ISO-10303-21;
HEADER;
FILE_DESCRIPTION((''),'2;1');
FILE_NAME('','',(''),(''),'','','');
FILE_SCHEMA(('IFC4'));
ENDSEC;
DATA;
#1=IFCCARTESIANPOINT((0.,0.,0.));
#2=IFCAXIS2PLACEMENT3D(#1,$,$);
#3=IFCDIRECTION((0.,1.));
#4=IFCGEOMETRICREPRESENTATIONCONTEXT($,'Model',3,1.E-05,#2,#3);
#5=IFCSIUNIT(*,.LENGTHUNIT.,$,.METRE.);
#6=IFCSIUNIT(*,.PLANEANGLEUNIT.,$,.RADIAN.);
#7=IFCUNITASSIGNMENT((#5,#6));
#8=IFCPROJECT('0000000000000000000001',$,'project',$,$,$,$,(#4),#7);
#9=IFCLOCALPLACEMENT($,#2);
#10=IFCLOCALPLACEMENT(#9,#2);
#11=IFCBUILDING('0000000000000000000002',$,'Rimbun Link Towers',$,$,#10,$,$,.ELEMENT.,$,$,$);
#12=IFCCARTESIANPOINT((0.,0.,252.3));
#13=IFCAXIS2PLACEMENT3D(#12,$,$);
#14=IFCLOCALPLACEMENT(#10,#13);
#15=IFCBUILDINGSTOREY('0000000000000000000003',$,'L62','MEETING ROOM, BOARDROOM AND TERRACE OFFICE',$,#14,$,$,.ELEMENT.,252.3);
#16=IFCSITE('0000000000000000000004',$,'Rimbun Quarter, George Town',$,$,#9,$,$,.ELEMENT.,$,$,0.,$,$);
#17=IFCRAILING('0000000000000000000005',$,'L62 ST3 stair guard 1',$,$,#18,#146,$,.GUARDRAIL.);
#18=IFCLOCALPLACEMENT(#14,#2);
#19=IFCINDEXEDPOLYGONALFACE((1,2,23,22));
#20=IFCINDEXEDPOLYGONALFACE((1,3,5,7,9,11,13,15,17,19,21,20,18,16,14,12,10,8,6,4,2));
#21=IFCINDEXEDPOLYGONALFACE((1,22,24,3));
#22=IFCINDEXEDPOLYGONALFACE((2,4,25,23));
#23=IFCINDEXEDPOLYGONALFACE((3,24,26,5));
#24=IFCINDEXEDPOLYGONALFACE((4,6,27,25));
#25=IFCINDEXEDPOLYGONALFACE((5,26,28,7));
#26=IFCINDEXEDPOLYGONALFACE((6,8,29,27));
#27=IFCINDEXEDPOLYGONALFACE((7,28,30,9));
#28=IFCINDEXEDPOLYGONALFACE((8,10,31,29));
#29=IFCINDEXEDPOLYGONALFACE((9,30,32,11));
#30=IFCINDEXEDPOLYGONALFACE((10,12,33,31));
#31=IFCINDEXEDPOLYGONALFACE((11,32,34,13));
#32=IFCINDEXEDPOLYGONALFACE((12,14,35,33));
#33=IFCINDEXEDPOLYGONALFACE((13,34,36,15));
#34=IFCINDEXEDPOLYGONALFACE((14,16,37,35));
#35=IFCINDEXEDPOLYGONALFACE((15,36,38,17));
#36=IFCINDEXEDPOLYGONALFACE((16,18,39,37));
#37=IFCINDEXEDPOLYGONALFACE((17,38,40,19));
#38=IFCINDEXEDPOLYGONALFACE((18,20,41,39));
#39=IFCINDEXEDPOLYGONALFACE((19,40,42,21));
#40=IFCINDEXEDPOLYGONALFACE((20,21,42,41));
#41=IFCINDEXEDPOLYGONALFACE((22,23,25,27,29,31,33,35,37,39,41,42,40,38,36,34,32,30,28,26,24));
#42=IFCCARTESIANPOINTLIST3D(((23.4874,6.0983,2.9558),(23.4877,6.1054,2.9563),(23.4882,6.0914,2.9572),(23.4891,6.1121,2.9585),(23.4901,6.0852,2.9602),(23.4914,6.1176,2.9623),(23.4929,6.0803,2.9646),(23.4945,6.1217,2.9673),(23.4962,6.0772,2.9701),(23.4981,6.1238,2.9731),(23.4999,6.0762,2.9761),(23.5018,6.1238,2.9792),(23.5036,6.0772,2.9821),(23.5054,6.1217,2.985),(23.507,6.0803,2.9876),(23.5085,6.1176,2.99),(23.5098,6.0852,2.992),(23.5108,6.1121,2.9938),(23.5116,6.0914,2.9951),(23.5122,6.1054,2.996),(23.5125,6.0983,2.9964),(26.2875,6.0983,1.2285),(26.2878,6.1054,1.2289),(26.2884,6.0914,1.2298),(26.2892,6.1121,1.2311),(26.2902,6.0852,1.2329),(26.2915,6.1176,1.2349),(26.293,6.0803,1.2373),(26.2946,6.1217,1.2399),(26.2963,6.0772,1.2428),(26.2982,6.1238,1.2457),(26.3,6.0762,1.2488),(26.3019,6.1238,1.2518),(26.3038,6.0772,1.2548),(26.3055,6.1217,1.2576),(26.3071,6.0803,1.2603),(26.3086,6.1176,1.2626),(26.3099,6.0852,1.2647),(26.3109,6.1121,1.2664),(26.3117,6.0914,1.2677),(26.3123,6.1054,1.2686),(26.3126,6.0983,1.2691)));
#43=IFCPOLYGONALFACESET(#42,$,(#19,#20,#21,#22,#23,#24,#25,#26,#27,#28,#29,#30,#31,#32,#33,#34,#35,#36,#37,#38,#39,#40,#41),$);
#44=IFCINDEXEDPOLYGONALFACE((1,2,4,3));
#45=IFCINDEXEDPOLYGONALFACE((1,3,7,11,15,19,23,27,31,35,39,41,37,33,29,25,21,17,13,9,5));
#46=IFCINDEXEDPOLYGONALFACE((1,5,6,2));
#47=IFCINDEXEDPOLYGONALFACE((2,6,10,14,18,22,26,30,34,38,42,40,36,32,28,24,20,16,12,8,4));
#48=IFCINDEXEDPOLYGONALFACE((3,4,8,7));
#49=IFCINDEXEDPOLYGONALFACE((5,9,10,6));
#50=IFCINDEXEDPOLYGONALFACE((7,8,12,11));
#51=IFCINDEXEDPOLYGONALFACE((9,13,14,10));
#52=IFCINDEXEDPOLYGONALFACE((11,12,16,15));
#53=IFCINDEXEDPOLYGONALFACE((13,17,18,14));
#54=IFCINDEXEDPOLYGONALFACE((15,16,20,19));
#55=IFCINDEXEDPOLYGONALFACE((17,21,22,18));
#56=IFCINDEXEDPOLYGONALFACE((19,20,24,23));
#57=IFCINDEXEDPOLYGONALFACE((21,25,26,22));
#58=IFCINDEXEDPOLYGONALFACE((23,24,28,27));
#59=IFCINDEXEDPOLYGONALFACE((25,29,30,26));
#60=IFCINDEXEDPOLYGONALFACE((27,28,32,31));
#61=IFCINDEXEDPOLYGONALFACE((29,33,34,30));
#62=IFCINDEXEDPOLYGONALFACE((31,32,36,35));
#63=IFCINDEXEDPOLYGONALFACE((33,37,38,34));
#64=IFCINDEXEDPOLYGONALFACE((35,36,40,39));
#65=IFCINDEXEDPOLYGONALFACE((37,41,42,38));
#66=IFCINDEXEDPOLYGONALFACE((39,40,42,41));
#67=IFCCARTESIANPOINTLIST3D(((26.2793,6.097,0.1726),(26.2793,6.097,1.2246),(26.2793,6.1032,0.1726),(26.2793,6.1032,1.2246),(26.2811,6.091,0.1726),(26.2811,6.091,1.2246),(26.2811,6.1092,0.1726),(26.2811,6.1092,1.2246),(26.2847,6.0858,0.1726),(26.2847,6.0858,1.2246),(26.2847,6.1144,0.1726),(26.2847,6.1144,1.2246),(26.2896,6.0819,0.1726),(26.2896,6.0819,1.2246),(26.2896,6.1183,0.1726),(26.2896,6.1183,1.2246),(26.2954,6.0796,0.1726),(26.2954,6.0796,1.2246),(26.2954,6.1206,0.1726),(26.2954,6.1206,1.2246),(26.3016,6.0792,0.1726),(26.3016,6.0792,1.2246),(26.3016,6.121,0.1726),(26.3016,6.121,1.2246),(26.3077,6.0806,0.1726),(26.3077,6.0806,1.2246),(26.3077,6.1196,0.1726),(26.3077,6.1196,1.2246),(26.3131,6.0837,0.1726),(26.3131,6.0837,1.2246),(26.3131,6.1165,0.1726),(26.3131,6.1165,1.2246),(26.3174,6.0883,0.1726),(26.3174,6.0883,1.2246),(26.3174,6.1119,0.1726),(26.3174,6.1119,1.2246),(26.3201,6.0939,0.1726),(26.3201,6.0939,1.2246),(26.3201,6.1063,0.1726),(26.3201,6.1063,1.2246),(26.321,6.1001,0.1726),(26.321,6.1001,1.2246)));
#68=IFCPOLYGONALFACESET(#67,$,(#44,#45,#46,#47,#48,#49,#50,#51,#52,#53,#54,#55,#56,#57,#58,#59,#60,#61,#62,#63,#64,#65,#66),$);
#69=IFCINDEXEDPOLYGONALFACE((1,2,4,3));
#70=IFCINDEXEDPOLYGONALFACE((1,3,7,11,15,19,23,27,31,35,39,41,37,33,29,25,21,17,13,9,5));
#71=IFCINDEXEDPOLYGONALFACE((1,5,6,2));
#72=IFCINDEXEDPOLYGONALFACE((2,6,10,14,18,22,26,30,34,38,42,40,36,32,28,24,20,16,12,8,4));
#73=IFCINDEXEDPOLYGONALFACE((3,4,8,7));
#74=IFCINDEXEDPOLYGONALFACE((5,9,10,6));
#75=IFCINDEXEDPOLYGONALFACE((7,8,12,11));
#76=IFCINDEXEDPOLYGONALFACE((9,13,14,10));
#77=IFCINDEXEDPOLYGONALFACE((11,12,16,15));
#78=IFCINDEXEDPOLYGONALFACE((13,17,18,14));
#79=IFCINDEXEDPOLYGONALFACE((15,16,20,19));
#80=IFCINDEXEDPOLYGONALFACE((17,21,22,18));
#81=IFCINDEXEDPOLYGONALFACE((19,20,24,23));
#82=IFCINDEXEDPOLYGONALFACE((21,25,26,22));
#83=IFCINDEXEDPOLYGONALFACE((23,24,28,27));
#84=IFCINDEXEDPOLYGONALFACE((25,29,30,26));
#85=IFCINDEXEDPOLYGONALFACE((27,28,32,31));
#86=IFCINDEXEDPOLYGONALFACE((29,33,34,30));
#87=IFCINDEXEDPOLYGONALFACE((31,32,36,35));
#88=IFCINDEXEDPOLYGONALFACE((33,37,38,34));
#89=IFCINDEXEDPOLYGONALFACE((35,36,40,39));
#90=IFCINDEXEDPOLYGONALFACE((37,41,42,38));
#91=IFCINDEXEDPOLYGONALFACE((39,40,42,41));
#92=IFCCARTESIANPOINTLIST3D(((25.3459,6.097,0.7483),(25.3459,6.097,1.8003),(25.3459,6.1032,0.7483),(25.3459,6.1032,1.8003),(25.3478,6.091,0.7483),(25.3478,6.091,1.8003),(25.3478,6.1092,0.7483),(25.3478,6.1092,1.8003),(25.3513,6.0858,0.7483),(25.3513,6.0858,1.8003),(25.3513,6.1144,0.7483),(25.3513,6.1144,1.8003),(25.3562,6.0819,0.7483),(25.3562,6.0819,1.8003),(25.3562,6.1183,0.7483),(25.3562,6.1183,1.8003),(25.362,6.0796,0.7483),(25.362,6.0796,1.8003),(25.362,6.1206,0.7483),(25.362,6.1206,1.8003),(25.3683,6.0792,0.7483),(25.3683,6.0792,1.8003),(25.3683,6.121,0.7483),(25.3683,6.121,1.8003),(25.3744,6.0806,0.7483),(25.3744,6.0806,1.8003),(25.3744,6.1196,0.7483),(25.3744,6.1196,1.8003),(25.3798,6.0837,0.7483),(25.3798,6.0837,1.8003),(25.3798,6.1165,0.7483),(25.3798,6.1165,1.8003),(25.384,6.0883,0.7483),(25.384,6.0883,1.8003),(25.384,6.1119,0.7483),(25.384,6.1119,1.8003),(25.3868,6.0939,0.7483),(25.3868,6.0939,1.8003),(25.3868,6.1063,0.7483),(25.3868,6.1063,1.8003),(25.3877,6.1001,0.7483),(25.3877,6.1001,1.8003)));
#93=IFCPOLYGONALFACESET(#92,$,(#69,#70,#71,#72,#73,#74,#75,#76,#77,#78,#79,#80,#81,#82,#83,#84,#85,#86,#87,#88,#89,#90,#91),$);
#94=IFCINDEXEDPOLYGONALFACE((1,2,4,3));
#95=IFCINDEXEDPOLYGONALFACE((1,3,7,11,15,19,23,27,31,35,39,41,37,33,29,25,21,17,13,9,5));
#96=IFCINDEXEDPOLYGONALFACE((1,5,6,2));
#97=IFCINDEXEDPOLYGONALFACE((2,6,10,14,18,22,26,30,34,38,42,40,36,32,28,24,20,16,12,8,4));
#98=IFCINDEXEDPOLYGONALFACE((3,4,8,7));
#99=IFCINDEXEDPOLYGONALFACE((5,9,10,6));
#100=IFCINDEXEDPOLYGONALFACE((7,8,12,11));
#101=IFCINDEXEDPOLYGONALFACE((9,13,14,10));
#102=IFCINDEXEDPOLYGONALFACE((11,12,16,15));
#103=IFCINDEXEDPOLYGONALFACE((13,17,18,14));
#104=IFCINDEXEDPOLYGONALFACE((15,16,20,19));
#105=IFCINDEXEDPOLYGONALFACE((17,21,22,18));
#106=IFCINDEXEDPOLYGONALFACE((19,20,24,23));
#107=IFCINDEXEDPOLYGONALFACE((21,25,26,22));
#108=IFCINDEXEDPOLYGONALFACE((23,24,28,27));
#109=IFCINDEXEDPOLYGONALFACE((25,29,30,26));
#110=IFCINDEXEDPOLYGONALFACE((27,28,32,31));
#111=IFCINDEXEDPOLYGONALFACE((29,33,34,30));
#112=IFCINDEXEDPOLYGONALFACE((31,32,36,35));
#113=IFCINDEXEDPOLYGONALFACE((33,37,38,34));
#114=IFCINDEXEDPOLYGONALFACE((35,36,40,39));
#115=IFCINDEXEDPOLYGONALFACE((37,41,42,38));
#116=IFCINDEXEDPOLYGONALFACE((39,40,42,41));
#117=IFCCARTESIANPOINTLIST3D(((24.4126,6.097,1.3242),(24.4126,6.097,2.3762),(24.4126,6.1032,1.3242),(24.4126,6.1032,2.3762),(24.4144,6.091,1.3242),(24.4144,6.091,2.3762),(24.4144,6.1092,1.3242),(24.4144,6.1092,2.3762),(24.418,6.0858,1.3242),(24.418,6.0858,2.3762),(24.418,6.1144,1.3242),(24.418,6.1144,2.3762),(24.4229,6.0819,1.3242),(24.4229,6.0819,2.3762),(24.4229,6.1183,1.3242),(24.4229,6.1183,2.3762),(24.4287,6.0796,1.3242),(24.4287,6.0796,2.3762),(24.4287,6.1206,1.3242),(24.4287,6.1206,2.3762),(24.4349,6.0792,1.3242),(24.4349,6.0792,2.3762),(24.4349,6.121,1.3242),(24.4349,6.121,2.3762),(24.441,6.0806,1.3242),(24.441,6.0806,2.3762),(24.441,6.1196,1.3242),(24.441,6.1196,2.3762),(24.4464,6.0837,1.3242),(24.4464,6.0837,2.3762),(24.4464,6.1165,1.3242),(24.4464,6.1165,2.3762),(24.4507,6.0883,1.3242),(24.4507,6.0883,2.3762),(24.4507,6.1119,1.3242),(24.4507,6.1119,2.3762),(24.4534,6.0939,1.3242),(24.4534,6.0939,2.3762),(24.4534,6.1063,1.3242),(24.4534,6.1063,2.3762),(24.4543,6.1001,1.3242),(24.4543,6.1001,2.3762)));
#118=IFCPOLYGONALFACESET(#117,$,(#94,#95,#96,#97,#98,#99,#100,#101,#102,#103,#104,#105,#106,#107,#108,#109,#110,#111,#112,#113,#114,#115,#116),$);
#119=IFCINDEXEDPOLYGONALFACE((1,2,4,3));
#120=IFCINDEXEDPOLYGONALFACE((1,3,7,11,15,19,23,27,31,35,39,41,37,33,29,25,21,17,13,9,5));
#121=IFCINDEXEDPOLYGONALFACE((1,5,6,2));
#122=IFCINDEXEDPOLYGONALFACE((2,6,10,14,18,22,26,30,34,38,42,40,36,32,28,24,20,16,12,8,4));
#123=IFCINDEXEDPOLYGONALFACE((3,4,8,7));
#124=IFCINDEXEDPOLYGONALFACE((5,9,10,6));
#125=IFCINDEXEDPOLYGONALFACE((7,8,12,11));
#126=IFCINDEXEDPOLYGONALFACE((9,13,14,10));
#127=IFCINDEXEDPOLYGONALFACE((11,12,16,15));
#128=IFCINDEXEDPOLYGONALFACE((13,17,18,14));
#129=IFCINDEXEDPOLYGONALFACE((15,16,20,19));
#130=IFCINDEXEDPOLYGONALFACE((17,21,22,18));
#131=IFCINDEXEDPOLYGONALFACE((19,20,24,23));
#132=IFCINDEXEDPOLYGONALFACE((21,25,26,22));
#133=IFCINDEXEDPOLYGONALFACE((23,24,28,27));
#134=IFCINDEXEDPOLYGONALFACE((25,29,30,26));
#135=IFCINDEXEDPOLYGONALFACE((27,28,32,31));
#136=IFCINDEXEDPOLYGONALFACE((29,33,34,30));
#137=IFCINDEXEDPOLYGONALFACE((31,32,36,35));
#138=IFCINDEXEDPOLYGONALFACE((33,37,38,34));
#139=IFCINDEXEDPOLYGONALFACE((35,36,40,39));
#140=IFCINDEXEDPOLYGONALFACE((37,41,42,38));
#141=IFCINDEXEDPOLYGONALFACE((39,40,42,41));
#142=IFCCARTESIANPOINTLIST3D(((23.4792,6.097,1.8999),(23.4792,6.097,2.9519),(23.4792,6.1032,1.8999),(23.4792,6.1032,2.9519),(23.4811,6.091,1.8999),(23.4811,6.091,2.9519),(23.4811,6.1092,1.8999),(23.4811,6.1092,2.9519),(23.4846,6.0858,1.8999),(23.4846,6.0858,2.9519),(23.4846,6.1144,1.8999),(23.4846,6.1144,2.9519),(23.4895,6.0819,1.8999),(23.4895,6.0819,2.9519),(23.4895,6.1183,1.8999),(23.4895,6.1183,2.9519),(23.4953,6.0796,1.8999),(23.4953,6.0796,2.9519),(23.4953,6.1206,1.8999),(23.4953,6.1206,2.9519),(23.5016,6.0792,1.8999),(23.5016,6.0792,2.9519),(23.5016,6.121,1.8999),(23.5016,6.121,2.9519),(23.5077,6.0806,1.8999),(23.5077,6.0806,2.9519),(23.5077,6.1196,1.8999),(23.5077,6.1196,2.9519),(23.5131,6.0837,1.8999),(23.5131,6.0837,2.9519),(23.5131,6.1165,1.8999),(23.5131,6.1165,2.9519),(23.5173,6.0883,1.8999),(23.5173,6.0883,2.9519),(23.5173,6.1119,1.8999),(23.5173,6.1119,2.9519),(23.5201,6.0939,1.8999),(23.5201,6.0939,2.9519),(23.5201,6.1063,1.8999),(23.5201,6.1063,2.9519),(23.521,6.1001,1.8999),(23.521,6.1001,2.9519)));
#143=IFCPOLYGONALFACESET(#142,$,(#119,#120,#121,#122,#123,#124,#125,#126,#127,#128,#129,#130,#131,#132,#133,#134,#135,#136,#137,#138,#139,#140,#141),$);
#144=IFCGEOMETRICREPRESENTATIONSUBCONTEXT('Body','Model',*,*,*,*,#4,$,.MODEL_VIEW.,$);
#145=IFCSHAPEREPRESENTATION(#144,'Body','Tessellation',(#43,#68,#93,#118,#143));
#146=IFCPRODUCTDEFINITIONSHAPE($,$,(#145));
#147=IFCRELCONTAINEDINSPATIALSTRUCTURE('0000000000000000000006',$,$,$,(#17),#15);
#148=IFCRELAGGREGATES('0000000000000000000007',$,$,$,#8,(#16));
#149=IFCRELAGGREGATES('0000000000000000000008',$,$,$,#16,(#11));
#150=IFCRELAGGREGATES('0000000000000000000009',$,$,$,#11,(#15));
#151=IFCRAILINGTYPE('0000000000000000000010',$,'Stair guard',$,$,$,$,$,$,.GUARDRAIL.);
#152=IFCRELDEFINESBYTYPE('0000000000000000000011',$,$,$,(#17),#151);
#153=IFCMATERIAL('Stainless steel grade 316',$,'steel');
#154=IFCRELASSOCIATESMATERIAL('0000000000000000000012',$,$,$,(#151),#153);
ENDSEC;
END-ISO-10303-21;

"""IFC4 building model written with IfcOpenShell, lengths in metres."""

from ifc_helpers import new_model, si_unit, direction, frame, origin, origin_2d, place, context, subcontext, project, spatial, circle, extrude, material, type_object, element, save


model = new_model("IFC4")

# Units and contexts
model_context = context("Model", 3, precision=1e-05, world=origin(), true_north=direction((0.0, 1.0)))
body_context = subcontext(model_context, "Body", "Model", "MODEL_VIEW")
ifc_project = project(units=[si_unit("LENGTHUNIT", "METRE"), si_unit("PLANEANGLEUNIT", "RADIAN")], contexts=[model_context])

# Site, building, storey
site_placement = place(None, origin())
site = spatial("IfcSite", under=ifc_project, at=site_placement, Name="Rimbun Quarter, George Town", CompositionType="ELEMENT", RefElevation=0.0)
building_placement = place(site_placement, origin())
building = spatial("IfcBuilding", under=site, at=building_placement, Name="Rimbun Link Towers", CompositionType="ELEMENT")
storey_placement = place(building_placement, frame((0.0, 0.0, 252.3)))
storey = spatial("IfcBuildingStorey", under=building, at=storey_placement, Name="L62", Description="MEETING ROOM, BOARDROOM AND TERRACE OFFICE", CompositionType="ELEMENT", Elevation=252.3)

# Railing
ifc_material_1 = material(Name="Stainless steel grade 316", Category="steel")
railing_type_1 = type_object("IfcRailingType", Name="Stair guard", PredefinedType="GUARDRAIL", material=ifc_material_1)
railing_1_placement = place(storey_placement, frame((26.3, 6.1001, 0.1726)))
element("IfcRailing", 1, at=railing_1_placement, inside=storey, type_object=railing_type_1, Name="L62 ST3 stair guard 1", PredefinedType="GUARDRAIL", context=body_context, shape_type="SweptSolid", body=[
    extrude(circle(Radius=0.0239, at=origin_2d()), frame((0.0, 0.0, 1.0762), z_axis=(-0.85109, 0.0, 0.52502), x_axis=(0.0, -1.0, 0.0)), (0.0, 0.0, 1.0), 3.29),
    extrude(circle(Radius=0.021, at=origin_2d()), origin(), (0.0, 0.0, 1.0), 1.052),
    extrude(circle(Radius=0.021, at=origin_2d()), frame((-0.9333, 0.0, 0.5757)), (0.0, 0.0, 1.0), 1.052),
    extrude(circle(Radius=0.021, at=origin_2d()), frame((-1.8667, 0.0, 1.1516)), (0.0, 0.0, 1.0), 1.052),
    extrude(circle(Radius=0.021, at=origin_2d()), frame((-2.8, 0.0, 1.7273)), (0.0, 0.0, 1.0), 1.052),
])

save(model, "model.ifc")
